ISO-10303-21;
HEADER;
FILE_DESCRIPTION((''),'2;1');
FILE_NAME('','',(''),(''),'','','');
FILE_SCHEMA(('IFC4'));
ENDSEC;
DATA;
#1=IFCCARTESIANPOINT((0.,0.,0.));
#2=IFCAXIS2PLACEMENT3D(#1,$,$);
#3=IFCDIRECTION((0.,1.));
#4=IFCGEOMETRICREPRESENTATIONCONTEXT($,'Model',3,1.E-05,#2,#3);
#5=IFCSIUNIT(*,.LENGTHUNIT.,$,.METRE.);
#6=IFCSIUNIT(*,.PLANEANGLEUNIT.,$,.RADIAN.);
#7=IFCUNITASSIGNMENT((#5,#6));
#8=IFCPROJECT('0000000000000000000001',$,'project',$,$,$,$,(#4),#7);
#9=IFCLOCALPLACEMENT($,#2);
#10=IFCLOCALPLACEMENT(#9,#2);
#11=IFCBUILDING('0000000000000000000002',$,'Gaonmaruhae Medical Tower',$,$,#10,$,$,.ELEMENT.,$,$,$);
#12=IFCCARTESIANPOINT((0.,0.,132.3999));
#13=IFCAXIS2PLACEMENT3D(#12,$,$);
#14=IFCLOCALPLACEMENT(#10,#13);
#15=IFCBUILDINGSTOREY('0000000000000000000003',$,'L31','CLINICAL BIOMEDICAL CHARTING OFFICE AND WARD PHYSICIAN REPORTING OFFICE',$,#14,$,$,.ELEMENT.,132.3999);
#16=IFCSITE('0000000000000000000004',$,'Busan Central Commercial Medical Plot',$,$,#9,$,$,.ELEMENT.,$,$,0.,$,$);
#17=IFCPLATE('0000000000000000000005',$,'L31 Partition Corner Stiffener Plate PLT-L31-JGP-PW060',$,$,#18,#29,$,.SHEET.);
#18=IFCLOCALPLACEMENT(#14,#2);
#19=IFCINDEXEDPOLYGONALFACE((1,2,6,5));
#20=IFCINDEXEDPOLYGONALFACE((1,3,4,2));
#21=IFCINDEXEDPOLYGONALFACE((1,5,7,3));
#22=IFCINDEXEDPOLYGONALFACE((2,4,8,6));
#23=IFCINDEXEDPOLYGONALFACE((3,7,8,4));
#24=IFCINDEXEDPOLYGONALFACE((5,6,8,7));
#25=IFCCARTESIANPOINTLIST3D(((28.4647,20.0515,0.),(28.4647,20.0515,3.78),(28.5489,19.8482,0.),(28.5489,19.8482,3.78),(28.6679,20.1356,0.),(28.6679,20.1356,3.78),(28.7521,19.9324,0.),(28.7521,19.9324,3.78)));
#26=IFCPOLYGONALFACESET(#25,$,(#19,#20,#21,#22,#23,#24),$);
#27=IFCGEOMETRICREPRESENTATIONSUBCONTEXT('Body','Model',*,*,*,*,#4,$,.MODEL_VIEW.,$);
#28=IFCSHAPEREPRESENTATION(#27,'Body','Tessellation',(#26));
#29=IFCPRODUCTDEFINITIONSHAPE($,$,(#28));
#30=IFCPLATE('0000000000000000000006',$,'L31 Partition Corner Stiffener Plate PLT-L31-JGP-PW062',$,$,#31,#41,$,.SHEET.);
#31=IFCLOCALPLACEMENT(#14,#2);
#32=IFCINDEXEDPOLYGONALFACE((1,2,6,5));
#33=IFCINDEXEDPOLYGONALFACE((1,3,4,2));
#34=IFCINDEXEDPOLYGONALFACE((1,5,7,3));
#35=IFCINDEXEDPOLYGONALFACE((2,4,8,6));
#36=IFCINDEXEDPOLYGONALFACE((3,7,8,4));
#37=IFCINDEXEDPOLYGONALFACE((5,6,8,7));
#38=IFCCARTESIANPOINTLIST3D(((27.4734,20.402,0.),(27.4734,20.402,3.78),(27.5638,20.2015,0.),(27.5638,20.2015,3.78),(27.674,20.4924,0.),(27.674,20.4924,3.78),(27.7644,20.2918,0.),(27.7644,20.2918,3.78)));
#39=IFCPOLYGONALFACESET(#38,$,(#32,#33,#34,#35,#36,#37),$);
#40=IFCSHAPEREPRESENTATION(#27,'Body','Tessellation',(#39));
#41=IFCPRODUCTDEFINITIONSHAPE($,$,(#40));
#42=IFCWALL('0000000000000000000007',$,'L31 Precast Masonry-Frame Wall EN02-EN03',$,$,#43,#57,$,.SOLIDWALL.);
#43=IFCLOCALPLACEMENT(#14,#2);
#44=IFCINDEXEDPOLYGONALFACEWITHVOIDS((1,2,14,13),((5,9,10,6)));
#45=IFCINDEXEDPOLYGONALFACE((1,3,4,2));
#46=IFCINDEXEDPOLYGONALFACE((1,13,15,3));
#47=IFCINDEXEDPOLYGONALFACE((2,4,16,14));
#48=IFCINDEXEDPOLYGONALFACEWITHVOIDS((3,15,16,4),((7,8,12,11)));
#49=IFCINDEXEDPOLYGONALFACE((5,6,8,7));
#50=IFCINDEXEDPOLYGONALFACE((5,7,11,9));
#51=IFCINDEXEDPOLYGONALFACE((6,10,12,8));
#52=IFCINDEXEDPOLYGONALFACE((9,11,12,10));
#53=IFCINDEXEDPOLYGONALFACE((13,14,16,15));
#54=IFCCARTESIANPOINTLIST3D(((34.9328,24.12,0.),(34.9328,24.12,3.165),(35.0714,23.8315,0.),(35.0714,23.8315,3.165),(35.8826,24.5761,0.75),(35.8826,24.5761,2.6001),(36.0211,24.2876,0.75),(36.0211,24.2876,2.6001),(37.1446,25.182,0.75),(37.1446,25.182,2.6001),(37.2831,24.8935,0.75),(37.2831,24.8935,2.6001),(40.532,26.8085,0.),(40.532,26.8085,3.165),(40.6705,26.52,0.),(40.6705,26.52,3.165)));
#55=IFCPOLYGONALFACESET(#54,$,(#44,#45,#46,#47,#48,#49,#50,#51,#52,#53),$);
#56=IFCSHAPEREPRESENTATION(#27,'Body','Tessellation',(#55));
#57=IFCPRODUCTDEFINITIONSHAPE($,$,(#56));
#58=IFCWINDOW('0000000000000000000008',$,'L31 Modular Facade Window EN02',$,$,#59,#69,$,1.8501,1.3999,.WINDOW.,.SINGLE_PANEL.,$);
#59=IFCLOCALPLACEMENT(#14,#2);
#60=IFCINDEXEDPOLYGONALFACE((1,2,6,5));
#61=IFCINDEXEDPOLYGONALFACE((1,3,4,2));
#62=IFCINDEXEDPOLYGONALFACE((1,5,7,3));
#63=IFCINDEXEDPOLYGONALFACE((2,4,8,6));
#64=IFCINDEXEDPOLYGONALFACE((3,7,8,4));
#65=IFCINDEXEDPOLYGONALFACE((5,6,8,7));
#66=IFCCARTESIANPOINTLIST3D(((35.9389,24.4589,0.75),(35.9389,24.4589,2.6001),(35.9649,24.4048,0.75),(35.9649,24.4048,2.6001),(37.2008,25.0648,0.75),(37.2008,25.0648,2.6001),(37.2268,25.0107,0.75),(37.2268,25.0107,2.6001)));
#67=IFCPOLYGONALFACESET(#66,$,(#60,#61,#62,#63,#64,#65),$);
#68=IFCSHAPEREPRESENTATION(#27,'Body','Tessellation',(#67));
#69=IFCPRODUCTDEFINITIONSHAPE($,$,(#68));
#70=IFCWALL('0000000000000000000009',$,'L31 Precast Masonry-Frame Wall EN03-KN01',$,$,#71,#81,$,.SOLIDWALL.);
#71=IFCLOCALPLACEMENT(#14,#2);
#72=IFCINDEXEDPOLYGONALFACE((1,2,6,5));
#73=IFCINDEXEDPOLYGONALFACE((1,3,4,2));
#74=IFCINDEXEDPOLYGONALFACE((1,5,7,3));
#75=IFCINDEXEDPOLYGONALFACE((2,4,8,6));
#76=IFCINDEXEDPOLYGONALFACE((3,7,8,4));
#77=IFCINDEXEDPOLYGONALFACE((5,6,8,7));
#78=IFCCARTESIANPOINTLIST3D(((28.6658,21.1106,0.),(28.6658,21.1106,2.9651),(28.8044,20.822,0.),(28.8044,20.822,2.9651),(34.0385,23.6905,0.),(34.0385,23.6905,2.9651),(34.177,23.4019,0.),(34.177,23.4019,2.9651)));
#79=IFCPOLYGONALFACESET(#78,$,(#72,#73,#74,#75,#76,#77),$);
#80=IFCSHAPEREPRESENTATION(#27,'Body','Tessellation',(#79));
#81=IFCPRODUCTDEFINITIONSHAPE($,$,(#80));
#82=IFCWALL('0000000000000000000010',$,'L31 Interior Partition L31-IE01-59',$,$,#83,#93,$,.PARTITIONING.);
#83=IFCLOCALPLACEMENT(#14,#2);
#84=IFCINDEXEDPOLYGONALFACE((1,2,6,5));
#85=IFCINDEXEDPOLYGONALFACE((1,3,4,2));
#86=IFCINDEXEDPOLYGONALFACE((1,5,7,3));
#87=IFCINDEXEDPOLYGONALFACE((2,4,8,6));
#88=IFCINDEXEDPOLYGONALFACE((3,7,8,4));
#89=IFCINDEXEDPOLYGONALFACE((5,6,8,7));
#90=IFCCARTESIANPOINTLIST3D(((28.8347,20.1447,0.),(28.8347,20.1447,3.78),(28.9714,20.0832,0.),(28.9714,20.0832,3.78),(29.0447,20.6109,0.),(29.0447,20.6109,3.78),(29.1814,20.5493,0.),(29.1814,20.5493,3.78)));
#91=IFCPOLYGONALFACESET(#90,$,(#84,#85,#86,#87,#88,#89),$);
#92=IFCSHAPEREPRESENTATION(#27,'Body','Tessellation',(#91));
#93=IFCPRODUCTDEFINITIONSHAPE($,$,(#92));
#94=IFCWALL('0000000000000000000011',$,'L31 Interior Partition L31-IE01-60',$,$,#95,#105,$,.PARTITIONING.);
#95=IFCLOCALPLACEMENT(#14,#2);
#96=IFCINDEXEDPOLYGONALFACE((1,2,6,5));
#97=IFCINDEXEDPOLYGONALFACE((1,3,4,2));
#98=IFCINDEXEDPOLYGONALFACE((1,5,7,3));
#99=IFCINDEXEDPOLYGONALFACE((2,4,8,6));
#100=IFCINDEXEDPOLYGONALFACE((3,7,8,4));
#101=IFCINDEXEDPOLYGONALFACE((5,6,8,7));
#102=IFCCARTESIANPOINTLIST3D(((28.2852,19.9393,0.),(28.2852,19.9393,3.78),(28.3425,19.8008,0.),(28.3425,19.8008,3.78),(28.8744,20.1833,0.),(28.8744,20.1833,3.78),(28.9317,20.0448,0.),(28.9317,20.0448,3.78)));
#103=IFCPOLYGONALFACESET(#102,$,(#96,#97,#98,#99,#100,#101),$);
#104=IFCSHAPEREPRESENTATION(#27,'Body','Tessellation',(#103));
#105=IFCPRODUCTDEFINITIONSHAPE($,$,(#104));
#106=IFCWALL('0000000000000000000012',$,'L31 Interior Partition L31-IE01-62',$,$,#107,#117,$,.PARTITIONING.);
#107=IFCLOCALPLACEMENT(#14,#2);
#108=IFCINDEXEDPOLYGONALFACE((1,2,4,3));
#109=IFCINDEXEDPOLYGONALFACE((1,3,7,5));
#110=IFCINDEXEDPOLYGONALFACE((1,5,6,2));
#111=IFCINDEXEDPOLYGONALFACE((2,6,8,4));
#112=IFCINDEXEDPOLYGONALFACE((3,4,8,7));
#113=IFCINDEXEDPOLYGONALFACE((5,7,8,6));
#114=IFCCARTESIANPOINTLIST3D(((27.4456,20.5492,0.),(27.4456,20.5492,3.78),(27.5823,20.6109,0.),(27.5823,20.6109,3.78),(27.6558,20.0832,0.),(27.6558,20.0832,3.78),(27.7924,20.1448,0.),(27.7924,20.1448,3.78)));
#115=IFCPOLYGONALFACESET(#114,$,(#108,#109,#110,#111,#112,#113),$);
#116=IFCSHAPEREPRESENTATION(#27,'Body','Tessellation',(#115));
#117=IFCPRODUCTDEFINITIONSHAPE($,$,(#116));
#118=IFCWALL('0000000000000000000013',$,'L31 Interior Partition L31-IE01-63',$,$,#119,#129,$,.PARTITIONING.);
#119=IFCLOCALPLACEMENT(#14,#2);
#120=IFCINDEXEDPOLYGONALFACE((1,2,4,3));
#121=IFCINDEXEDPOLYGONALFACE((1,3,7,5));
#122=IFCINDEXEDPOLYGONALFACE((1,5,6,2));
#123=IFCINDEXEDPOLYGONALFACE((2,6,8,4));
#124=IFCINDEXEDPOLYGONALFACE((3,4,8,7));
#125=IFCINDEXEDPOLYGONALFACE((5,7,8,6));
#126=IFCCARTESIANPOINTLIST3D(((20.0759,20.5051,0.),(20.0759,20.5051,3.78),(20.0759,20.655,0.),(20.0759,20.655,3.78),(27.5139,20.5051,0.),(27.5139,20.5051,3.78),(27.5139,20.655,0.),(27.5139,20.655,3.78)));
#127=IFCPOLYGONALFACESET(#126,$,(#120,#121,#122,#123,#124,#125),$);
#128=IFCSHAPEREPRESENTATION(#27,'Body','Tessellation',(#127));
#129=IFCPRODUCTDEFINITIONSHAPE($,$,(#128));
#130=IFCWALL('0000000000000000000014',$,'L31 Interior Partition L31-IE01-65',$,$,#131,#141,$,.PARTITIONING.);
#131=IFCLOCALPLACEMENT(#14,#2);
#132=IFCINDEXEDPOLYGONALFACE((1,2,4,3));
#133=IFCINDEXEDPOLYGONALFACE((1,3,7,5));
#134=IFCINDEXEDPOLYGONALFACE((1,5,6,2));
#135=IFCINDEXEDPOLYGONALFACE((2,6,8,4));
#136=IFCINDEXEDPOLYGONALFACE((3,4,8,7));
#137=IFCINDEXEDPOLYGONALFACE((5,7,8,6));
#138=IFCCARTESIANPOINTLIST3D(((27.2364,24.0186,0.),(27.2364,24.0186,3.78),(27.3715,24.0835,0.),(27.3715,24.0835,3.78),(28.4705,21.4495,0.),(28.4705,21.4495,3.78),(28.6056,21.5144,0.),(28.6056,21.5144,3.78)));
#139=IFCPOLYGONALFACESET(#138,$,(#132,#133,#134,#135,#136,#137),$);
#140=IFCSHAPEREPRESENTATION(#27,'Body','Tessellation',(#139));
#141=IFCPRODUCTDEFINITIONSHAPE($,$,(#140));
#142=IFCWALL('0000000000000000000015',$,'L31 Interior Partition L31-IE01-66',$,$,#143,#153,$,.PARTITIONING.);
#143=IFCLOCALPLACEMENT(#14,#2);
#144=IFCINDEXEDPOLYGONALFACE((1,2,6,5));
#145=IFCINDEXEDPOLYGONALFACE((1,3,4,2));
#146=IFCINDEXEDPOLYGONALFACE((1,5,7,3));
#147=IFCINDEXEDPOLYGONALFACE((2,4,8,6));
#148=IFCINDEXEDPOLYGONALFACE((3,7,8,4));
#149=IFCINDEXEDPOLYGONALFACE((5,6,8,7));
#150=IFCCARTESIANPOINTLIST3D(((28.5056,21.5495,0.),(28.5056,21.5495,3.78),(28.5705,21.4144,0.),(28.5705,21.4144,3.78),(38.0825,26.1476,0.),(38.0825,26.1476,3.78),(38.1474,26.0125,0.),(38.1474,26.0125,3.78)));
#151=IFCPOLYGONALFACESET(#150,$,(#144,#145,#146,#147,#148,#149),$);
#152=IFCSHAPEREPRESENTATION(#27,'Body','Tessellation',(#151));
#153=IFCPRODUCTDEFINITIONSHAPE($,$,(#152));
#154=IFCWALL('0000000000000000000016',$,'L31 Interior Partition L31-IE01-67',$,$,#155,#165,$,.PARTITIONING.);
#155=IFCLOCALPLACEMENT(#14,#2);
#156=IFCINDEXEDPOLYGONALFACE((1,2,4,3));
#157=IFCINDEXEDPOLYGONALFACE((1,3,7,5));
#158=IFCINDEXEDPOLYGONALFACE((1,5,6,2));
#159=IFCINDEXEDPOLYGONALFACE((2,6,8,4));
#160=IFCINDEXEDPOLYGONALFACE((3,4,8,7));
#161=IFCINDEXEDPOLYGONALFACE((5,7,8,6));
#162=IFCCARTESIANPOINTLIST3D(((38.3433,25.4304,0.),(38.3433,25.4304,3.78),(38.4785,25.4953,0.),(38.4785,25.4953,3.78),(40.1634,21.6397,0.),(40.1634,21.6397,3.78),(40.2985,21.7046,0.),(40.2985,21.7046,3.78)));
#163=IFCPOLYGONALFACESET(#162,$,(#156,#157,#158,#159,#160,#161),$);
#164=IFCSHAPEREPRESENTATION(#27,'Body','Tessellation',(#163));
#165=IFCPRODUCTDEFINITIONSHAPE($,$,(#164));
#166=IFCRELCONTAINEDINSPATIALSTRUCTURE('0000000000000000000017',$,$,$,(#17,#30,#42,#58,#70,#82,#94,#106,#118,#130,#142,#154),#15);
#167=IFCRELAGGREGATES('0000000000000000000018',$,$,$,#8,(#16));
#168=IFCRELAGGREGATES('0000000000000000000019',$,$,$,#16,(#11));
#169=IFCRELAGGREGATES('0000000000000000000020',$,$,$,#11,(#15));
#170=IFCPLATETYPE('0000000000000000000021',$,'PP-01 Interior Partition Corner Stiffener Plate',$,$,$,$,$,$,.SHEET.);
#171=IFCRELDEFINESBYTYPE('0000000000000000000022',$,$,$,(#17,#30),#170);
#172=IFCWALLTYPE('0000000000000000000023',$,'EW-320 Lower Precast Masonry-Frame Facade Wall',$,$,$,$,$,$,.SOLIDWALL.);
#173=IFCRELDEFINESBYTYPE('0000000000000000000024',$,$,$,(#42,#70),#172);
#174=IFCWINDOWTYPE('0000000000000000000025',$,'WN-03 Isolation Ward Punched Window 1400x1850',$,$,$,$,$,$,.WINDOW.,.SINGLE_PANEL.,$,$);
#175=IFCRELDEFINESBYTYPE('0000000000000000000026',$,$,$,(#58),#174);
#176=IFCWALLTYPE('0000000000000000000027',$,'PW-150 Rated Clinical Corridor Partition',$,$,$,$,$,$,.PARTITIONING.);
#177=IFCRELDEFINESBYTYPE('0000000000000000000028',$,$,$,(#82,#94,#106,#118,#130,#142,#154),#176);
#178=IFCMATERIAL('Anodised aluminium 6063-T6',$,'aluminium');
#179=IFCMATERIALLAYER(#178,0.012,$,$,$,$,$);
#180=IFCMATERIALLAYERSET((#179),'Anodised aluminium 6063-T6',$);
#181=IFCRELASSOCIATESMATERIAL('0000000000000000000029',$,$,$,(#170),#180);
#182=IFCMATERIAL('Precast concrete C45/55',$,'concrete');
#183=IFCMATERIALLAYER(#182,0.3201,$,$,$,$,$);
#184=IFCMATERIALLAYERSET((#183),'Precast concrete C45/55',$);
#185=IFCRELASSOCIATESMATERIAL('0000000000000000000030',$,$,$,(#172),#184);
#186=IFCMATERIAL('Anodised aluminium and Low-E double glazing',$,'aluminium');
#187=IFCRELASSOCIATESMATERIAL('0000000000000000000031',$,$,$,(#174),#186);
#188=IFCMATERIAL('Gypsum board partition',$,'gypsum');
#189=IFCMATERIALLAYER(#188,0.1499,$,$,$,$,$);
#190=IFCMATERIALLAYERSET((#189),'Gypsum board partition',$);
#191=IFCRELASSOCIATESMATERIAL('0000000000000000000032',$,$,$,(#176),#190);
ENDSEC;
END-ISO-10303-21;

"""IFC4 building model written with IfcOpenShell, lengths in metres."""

from ifc_helpers import new_model, si_unit, direction, frame, frame_2d, origin, origin_2d, place, context, subcontext, project, spatial, rectangle, extrude, material, layer, layer_set, type_object, element, fill, save


model = new_model("IFC4")

# Units and contexts
model_context = context("Model", 3, precision=1e-05, world=origin(), true_north=direction((0.0, 1.0)))
body_context = subcontext(model_context, "Body", "Model", "MODEL_VIEW")
ifc_project = project(units=[si_unit("LENGTHUNIT", "METRE"), si_unit("PLANEANGLEUNIT", "RADIAN")], contexts=[model_context])

# Site, building, storey
site_placement = place(None, origin())
site = spatial("IfcSite", under=ifc_project, at=site_placement, Name="Busan Central Commercial Medical Plot", CompositionType="ELEMENT", RefElevation=0.0)
building_placement = place(site_placement, origin())
building = spatial("IfcBuilding", under=site, at=building_placement, Name="Gaonmaruhae Medical Tower", CompositionType="ELEMENT")
storey_placement = place(building_placement, frame((0.0, 0.0, 132.3999)))
storey = spatial("IfcBuildingStorey", under=building, at=storey_placement, Name="L31", Description="CLINICAL BIOMEDICAL CHARTING OFFICE AND WARD PHYSICIAN REPORTING OFFICE", CompositionType="ELEMENT", Elevation=132.3999)

# Plates
ifc_material_1 = material(Name="Anodised aluminium 6063-T6", Category="aluminium")
ifc_layer_1 = layer(ifc_material_1, 0.012)
ifc_layer_set_1 = layer_set([ifc_layer_1], Name="Anodised aluminium 6063-T6")
plate_type = type_object("IfcPlateType", Name="PP-01 Interior Partition Corner Stiffener Plate", PredefinedType="SHEET", material=ifc_layer_set_1)
for number, where, z_axis, x_axis, name in (
    (1, (28.6084, 19.9919, 0.0), (0.0, 0.0, 1.0), (-0.923866, -0.382716, 0.0), "L31 Partition Corner Stiffener Plate PLT-L31-JGP-PW060"),
    (2, (27.6189, 20.3469, 0.0), (0.0, 0.0, 1.0), (-0.410846, 0.911705, 0.0), "L31 Partition Corner Stiffener Plate PLT-L31-JGP-PW062"),
):
    element("IfcPlate", number, at=place(storey_placement, frame(where, z_axis=z_axis, x_axis=x_axis)), inside=storey, type_object=plate_type, Name=name, PredefinedType="SHEET", context=body_context, shape_type="SweptSolid", body=[
        extrude(rectangle(XDim=0.22, YDim=0.22, at=origin_2d()), origin(), (0.0, 0.0, 1.0), 3.78),
    ])

# Wall, opening, window
ifc_material_2 = material(Name="Precast concrete C45/55", Category="concrete")
ifc_layer_2 = layer(ifc_material_2, 0.3201)
ifc_layer_set_2 = layer_set([ifc_layer_2], Name="Precast concrete C45/55")
wall_type_1 = type_object("IfcWallType", Name="EW-320 Lower Precast Masonry-Frame Facade Wall", PredefinedType="SOLIDWALL", material=ifc_layer_set_2)
wall_1_placement = place(storey_placement, frame((35.0022, 23.9758, 0.0), z_axis=(0.0, 0.0, 1.0), x_axis=(0.901467, 0.432849, 0.0)))
wall_1 = element("IfcWall", 3, at=wall_1_placement, inside=storey, type_object=wall_type_1, Name="L31 Precast Masonry-Frame Wall EN02-EN03", PredefinedType="SOLIDWALL", context=body_context, shape_type="SweptSolid", body=[
    extrude(rectangle(XDim=6.2112, YDim=0.3201, at=frame_2d((3.1055, 0.0))), origin(), (0.0, 0.0, 1.0), 3.165),
])
opening_1_placement = place(wall_1_placement, frame((1.0535, 0.0, 0.75)))
opening_1 = element("IfcOpeningElement", 4, at=opening_1_placement, cuts=wall_1, PredefinedType="OPENING", context=body_context, shape_type="SweptSolid", body=[
    extrude(rectangle(XDim=1.3999, YDim=1.8501, at=frame_2d((0.7, 0.925))), frame((0.0, 0.1699, 0.0), z_axis=(0.0, -1.0, 0.0), x_axis=(1.0, 0.0, 0.0)), (0.0, 0.0, 1.0), 0.3401),
])
ifc_material_3 = material(Name="Anodised aluminium and Low-E double glazing", Category="aluminium")
window_type = type_object("IfcWindowType", Name="WN-03 Isolation Ward Punched Window 1400x1850", PartitioningType="SINGLE_PANEL", PredefinedType="WINDOW", material=ifc_material_3)
window_placement = place(opening_1_placement, origin())
window = element("IfcWindow", 5, at=window_placement, inside=storey, type_object=window_type, Name="L31 Modular Facade Window EN02", OverallHeight=1.8501, OverallWidth=1.3999, PartitioningType="SINGLE_PANEL", PredefinedType="WINDOW", context=body_context, shape_type="SweptSolid", body=[
    extrude(rectangle(XDim=1.3999, YDim=1.8501, at=frame_2d((0.7, 0.925))), frame((0.0, 0.03, 0.0), z_axis=(0.0, -1.0, 0.0), x_axis=(1.0, 0.0, 0.0)), (0.0, 0.0, 1.0), 0.0601),
])
fill(opening_1, window)

# Walls
wall_2_placement = place(storey_placement, frame((28.7351, 20.9663, 0.0), z_axis=(0.0, 0.0, 1.0), x_axis=(0.901457, 0.432868, 0.0)))
element("IfcWall", 6, at=wall_2_placement, inside=storey, type_object=wall_type_1, Name="L31 Precast Masonry-Frame Wall EN03-KN01", PredefinedType="SOLIDWALL", context=body_context, shape_type="SweptSolid", body=[
    extrude(rectangle(XDim=5.96, YDim=0.3201, at=frame_2d((2.98, 0.0))), origin(), (0.0, 0.0, 1.0), 2.9651),
])
ifc_material_4 = material(Name="Gypsum board partition", Category="gypsum")
ifc_layer_3 = layer(ifc_material_4, 0.1499)
ifc_layer_set_3 = layer_set([ifc_layer_3], Name="Gypsum board partition")
wall_type_2 = type_object("IfcWallType", Name="PW-150 Rated Clinical Corridor Partition", PredefinedType="PARTITIONING", material=ifc_layer_set_3)
wall_3_placement = place(storey_placement, frame((29.113, 20.5801, 0.0), z_axis=(0.0, 0.0, 1.0), x_axis=(-0.410742, -0.911752, 0.0)))
element("IfcWall", 7, at=wall_3_placement, inside=storey, type_object=wall_type_2, Name="L31 Interior Partition L31-IE01-59", PredefinedType="PARTITIONING", context=body_context, shape_type="SweptSolid", body=[
    extrude(rectangle(XDim=0.5112, YDim=0.1499, at=frame_2d((0.2556, 0.0))), origin(), (0.0, 0.0, 1.0), 3.78),
])
wall_4_placement = place(storey_placement, frame((28.9031, 20.114, 0.0), z_axis=(0.0, 0.0, 1.0), x_axis=(-0.923947, -0.382521, 0.0)))
element("IfcWall", 8, at=wall_4_placement, inside=storey, type_object=wall_type_2, Name="L31 Interior Partition L31-IE01-60", PredefinedType="PARTITIONING", context=body_context, shape_type="SweptSolid", body=[
    extrude(rectangle(XDim=0.6377, YDim=0.1499, at=frame_2d((0.3188, 0.0))), origin(), (0.0, 0.0, 1.0), 3.78),
])
wall_5_placement = place(storey_placement, frame((27.7241, 20.114, 0.0), z_axis=(0.0, 0.0, 1.0), x_axis=(-0.411139, 0.911573, 0.0)))
element("IfcWall", 9, at=wall_5_placement, inside=storey, type_object=wall_type_2, Name="L31 Interior Partition L31-IE01-62", PredefinedType="PARTITIONING", context=body_context, shape_type="SweptSolid", body=[
    extrude(rectangle(XDim=0.5112, YDim=0.1499, at=frame_2d((0.2556, 0.0))), origin(), (0.0, 0.0, 1.0), 3.78),
])
wall_6_placement = place(storey_placement, frame((27.5139, 20.5801, 0.0), z_axis=(0.0, 0.0, 1.0), x_axis=(-1.0, 0.0, 0.0)))
element("IfcWall", 10, at=wall_6_placement, inside=storey, type_object=wall_type_2, Name="L31 Interior Partition L31-IE01-63", PredefinedType="PARTITIONING", context=body_context, shape_type="SweptSolid", body=[
    extrude(rectangle(XDim=7.438, YDim=0.1499, at=frame_2d((3.719, 0.0))), origin(), (0.0, 0.0, 1.0), 3.78),
])
wall_7_placement = place(storey_placement, frame((27.304, 24.051, 0.0), z_axis=(0.0, 0.0, 1.0), x_axis=(0.433007, -0.901391, 0.0)))
element("IfcWall", 11, at=wall_7_placement, inside=storey, type_object=wall_type_2, Name="L31 Interior Partition L31-IE01-65", PredefinedType="PARTITIONING", context=body_context, shape_type="SweptSolid", body=[
    extrude(rectangle(XDim=2.8501, YDim=0.1499, at=frame_2d((1.425, 0.0))), origin(), (0.0, 0.0, 1.0), 3.78),
])
wall_8_placement = place(storey_placement, frame((28.5381, 21.4819, 0.0), z_axis=(0.0, 0.0, 1.0), x_axis=(0.901478, 0.432825, 0.0)))
element("IfcWall", 12, at=wall_8_placement, inside=storey, type_object=wall_type_2, Name="L31 Interior Partition L31-IE01-66", PredefinedType="PARTITIONING", context=body_context, shape_type="SweptSolid", body=[
    extrude(rectangle(XDim=10.6235, YDim=0.1499, at=frame_2d((5.3118, 0.0))), origin(), (0.0, 0.0, 1.0), 3.78),
])
wall_9_placement = place(storey_placement, frame((38.4109, 25.4629, 0.0), z_axis=(0.0, 0.0, 1.0), x_axis=(0.432827, -0.901477, 0.0)))
element("IfcWall", 13, at=wall_9_placement, inside=storey, type_object=wall_type_2, Name="L31 Interior Partition L31-IE01-67", PredefinedType="PARTITIONING", context=body_context, shape_type="SweptSolid", body=[
    extrude(rectangle(XDim=4.2051, YDim=0.1499, at=frame_2d((2.1025, 0.0))), origin(), (0.0, 0.0, 1.0), 3.78),
])

save(model, "model.ifc")
